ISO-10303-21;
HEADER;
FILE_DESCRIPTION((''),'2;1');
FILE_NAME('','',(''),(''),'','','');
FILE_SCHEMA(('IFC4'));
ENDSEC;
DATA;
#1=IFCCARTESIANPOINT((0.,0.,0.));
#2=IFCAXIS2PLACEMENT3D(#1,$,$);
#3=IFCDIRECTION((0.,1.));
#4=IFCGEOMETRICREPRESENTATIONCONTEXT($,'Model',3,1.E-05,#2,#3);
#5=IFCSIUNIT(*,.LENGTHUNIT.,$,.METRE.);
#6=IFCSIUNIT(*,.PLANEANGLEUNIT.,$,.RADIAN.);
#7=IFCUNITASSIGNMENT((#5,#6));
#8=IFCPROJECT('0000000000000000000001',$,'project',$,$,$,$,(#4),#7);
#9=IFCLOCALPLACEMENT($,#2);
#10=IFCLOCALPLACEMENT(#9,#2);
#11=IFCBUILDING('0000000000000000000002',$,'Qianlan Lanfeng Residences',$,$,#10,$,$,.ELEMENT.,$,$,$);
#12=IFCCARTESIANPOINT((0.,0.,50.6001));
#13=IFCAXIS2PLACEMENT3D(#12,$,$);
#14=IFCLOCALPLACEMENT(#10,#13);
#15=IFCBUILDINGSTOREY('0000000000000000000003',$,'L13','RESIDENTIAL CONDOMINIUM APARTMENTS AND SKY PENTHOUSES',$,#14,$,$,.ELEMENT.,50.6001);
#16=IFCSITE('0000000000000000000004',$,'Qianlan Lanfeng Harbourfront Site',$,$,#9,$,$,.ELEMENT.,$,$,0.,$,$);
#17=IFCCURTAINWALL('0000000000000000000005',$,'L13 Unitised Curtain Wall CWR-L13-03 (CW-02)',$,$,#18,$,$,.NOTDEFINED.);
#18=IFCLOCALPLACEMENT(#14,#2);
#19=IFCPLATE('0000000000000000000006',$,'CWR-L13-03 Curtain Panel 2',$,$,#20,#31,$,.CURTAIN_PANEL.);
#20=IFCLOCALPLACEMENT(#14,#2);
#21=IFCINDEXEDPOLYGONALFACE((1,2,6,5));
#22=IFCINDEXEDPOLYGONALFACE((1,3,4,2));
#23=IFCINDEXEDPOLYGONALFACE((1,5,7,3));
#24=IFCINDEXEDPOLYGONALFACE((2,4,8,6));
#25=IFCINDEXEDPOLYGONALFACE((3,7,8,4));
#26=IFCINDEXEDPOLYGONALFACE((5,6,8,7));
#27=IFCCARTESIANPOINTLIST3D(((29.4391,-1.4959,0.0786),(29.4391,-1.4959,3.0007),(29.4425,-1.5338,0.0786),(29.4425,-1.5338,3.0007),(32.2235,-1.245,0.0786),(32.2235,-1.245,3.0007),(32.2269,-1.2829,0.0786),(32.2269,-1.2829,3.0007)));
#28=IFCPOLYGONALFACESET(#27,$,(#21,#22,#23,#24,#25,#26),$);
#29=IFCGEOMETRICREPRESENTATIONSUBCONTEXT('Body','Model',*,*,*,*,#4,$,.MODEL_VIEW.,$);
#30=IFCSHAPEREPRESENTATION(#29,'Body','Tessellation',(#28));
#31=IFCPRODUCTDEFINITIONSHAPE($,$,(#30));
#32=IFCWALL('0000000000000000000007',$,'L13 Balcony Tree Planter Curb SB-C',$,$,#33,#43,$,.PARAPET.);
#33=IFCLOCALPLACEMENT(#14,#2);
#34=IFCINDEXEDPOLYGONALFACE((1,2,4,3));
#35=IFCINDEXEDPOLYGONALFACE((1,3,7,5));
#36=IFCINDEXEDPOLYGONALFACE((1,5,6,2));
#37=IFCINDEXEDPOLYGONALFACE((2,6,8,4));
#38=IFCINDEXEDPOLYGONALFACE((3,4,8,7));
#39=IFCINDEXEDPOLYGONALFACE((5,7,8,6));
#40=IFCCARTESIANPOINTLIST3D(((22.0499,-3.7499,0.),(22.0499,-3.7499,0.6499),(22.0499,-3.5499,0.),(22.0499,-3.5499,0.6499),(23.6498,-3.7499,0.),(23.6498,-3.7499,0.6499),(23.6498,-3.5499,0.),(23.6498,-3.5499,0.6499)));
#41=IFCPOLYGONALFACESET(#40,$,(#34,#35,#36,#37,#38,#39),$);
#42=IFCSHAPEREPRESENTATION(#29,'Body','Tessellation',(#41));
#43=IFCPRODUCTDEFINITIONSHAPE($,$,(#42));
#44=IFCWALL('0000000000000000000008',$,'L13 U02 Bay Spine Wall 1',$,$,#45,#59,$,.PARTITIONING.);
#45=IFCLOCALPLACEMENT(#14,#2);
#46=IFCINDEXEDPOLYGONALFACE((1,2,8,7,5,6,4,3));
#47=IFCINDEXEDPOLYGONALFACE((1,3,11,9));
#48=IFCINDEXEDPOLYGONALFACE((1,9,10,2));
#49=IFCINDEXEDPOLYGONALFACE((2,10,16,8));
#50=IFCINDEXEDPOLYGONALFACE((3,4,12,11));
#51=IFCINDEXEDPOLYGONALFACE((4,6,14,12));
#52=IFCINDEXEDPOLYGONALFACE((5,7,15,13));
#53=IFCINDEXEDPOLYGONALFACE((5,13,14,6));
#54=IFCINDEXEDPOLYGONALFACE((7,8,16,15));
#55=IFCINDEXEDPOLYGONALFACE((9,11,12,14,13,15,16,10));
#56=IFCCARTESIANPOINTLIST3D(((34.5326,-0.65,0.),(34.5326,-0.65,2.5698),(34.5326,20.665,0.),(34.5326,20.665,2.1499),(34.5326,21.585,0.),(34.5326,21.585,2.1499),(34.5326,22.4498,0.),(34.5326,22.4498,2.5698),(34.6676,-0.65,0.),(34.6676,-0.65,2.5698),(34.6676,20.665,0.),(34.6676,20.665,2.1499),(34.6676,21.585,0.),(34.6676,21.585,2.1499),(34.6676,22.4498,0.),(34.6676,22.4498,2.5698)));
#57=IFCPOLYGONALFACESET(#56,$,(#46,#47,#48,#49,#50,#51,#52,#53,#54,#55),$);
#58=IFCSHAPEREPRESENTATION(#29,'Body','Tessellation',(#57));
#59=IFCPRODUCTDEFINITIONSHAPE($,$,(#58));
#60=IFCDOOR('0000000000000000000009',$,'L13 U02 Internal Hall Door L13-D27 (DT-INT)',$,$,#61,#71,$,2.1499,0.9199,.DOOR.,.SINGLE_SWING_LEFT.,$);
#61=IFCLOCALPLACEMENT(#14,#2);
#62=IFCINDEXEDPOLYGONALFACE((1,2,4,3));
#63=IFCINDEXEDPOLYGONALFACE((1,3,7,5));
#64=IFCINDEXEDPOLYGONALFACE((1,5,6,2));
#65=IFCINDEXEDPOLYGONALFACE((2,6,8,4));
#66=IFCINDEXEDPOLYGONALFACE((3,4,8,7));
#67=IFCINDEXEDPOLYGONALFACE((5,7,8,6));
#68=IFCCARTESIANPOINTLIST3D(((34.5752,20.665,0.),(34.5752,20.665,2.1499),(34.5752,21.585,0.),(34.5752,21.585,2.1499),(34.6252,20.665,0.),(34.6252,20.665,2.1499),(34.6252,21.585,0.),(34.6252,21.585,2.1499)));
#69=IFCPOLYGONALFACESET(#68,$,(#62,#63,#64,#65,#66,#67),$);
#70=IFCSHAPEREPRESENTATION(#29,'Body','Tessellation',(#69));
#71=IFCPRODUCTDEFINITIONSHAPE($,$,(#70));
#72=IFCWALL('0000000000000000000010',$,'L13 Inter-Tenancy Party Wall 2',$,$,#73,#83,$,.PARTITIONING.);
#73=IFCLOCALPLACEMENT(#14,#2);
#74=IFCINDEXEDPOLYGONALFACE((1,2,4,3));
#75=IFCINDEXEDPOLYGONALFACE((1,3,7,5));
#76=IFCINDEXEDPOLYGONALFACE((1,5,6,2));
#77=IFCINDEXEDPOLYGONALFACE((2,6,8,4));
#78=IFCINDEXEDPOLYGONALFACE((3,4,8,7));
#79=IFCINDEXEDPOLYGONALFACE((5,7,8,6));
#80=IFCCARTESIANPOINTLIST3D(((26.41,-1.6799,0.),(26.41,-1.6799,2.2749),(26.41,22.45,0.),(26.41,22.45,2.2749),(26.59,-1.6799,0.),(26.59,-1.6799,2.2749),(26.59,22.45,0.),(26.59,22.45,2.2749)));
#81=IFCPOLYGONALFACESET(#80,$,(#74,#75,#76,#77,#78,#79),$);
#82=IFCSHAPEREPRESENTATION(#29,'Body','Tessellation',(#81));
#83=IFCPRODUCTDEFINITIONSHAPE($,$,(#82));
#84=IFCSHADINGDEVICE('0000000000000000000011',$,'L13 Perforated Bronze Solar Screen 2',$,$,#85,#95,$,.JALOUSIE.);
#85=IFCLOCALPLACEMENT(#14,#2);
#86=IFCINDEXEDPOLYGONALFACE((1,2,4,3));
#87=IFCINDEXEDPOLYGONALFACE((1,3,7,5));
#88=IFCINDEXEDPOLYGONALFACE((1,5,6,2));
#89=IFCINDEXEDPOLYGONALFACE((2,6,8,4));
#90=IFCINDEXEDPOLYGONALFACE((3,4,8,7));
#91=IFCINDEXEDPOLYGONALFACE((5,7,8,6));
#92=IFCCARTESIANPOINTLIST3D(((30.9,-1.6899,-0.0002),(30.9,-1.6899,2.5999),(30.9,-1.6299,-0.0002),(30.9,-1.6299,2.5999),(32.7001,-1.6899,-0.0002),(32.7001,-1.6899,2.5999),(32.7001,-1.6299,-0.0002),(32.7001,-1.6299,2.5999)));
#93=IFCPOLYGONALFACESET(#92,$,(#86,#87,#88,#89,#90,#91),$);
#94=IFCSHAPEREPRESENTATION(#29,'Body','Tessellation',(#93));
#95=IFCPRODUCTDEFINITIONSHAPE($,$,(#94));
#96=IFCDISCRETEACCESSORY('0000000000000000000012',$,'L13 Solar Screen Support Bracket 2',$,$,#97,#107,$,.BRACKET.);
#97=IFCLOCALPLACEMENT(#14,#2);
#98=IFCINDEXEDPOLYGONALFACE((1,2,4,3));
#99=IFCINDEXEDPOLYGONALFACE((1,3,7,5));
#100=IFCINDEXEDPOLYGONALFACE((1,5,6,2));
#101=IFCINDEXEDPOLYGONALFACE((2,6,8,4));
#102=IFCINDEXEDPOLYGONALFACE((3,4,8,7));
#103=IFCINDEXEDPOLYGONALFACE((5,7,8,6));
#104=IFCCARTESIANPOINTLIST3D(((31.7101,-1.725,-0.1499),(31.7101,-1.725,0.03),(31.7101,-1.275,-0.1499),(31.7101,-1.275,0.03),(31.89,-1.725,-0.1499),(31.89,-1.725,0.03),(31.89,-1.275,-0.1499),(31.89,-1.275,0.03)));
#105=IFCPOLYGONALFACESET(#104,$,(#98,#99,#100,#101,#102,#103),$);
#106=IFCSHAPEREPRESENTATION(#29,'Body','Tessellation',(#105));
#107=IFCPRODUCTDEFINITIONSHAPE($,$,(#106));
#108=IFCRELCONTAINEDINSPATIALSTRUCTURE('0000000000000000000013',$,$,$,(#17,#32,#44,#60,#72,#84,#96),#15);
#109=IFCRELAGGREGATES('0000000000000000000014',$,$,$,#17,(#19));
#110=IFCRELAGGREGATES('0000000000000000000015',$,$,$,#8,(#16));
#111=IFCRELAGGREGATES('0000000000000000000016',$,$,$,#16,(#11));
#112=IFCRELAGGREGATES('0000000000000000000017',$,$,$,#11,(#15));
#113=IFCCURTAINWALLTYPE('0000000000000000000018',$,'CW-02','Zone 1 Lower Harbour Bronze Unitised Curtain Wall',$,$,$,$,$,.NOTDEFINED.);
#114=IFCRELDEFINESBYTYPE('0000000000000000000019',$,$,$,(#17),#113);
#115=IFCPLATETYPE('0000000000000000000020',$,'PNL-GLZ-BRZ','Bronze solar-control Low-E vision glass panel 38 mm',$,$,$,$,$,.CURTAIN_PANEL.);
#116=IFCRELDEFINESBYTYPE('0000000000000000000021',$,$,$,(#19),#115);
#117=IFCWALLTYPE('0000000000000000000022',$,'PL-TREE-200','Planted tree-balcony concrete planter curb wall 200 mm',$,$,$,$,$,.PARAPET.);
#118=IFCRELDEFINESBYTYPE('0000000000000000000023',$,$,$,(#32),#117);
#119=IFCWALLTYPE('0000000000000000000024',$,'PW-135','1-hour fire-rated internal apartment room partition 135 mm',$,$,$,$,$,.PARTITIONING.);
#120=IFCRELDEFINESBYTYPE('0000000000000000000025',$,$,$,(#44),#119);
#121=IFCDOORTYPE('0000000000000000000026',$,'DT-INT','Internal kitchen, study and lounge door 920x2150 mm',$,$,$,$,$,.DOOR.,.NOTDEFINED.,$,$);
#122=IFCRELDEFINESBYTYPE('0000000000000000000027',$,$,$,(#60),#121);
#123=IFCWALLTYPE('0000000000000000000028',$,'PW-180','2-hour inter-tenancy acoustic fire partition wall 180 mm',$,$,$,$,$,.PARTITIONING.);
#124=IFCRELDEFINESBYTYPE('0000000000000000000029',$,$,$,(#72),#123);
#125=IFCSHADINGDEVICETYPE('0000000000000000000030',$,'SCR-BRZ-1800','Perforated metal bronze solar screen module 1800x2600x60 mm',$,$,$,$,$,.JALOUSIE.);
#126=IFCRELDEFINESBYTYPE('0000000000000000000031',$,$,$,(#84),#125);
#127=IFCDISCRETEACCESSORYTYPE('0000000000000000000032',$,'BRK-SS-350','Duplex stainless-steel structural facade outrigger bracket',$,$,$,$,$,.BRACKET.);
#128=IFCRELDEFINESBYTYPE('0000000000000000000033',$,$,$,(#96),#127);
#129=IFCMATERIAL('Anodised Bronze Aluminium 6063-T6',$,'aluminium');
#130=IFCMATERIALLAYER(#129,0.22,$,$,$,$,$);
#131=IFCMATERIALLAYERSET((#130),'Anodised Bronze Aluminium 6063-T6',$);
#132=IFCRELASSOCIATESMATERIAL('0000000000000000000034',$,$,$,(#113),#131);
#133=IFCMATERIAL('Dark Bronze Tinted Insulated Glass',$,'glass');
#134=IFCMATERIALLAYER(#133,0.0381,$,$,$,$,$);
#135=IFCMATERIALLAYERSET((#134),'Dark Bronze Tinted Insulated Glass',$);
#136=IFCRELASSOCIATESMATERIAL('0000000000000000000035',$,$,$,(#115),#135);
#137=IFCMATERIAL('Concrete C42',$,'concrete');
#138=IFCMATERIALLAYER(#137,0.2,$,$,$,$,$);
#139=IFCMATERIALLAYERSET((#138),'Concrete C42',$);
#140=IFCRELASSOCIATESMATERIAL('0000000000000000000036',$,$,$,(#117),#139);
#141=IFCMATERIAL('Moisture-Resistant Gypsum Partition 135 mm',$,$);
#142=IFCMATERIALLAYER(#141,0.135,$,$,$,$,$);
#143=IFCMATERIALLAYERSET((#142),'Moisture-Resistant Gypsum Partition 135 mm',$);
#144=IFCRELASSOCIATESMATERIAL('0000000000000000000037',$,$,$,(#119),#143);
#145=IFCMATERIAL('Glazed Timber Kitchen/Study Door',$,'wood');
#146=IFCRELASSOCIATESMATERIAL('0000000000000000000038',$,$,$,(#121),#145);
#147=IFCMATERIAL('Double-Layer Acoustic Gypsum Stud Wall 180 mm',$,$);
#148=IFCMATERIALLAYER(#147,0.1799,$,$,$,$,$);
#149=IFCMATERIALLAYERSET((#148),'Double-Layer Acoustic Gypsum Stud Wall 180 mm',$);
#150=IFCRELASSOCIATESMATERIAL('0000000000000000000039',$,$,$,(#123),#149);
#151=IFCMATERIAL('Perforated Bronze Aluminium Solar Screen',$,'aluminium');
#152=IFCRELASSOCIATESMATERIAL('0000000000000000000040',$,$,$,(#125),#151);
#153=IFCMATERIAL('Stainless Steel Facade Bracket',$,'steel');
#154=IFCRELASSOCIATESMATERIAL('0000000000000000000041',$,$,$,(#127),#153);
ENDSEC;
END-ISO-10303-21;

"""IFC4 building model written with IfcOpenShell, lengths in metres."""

from ifc_helpers import new_model, si_unit, direction, frame, frame_2d, origin, origin_2d, place, context, subcontext, project, spatial, rectangle, extrude, source, transform, mapped, material, layer, layer_set, type_object, element, fill, aggregate, save


model = new_model("IFC4")

# Units and contexts
model_context = context("Model", 3, precision=1e-05, world=origin(), true_north=direction((0.0, 1.0)))
body_context = subcontext(model_context, "Body", "Model", "MODEL_VIEW")
ifc_project = project(units=[si_unit("LENGTHUNIT", "METRE"), si_unit("PLANEANGLEUNIT", "RADIAN")], contexts=[model_context])

# Site, building, storey
site_placement = place(None, origin())
site = spatial("IfcSite", under=ifc_project, at=site_placement, Name="Qianlan Lanfeng Harbourfront Site", CompositionType="ELEMENT", RefElevation=0.0)
building_placement = place(site_placement, origin())
building = spatial("IfcBuilding", under=site, at=building_placement, Name="Qianlan Lanfeng Residences", CompositionType="ELEMENT")
storey_placement = place(building_placement, frame((0.0, 0.0, 50.6001)))
storey = spatial("IfcBuildingStorey", under=building, at=storey_placement, Name="L13", Description="RESIDENTIAL CONDOMINIUM APARTMENTS AND SKY PENTHOUSES", CompositionType="ELEMENT", Elevation=50.6001)

# Curtain wall
ifc_material_1 = material(Name="Anodised Bronze Aluminium 6063-T6", Category="aluminium")
ifc_layer_1 = layer(ifc_material_1, 0.22)
ifc_layer_set_1 = layer_set([ifc_layer_1], Name="Anodised Bronze Aluminium 6063-T6")
curtain_wall_type = type_object("IfcCurtainWallType", Name="CW-02", Description="Zone 1 Lower Harbour Bronze Unitised Curtain Wall", PredefinedType="NOTDEFINED", material=ifc_layer_set_1)
curtain_wall_1_placement = place(storey_placement, origin())
curtain_wall_1 = element("IfcCurtainWall", 1, at=curtain_wall_1_placement, inside=storey, type_object=curtain_wall_type, Name="L13 Unitised Curtain Wall CWR-L13-03 (CW-02)", PredefinedType="NOTDEFINED")

# Plate
ifc_material_2 = material(Name="Dark Bronze Tinted Insulated Glass", Category="glass")
ifc_layer_2 = layer(ifc_material_2, 0.0381)
ifc_layer_set_2 = layer_set([ifc_layer_2], Name="Dark Bronze Tinted Insulated Glass")
plate_type = type_object("IfcPlateType", Name="PNL-GLZ-BRZ", Description="Bronze solar-control Low-E vision glass panel 38 mm", PredefinedType="CURTAIN_PANEL", material=ifc_layer_set_2)
shared_shape_1 = source(origin(), body_context, "Body", "SweptSolid", [
    extrude(rectangle(XDim=2.7957, YDim=0.0381, at=origin_2d()), origin(), (0.0, 0.0, 1.0), 2.9221),
])
plate_1_placement = place(storey_placement, frame((30.833, -1.3894, 0.0786), z_axis=(0.0, 0.0, 1.0), x_axis=(0.995965, 0.089746, 0.0)))
plate_1 = element("IfcPlate", 2, at=plate_1_placement, type_object=plate_type, Name="CWR-L13-03 Curtain Panel 2", PredefinedType="CURTAIN_PANEL", context=body_context, shape_type="MappedRepresentation", body=[
    mapped(shared_shape_1, transform((0.0, 0.0, 0.0), scale=1.0)),
])
aggregate(curtain_wall_1, [plate_1])

# Wall
ifc_material_3 = material(Name="Concrete C42", Category="concrete")
ifc_layer_3 = layer(ifc_material_3, 0.2)
ifc_layer_set_3 = layer_set([ifc_layer_3], Name="Concrete C42")
wall_type_1 = type_object("IfcWallType", Name="PL-TREE-200", Description="Planted tree-balcony concrete planter curb wall 200 mm", PredefinedType="PARAPET", material=ifc_layer_set_3)
wall_1_placement = place(storey_placement, frame((22.05, -3.6499, 0.0), z_axis=(0.0, 0.0, 1.0), x_axis=(1.0, 0.0, 0.0)))
element("IfcWall", 3, at=wall_1_placement, inside=storey, type_object=wall_type_1, Name="L13 Balcony Tree Planter Curb SB-C", PredefinedType="PARAPET", context=body_context, shape_type="SweptSolid", body=[
    extrude(rectangle(XDim=1.5999, YDim=0.2, at=frame_2d((0.7998, 0.0))), origin(), (0.0, 0.0, 1.0), 0.6499),
])

# Wall, opening, door
ifc_material_4 = material(Name="Moisture-Resistant Gypsum Partition 135 mm")
ifc_layer_4 = layer(ifc_material_4, 0.135)
ifc_layer_set_4 = layer_set([ifc_layer_4], Name="Moisture-Resistant Gypsum Partition 135 mm")
wall_type_2 = type_object("IfcWallType", Name="PW-135", Description="1-hour fire-rated internal apartment room partition 135 mm", PredefinedType="PARTITIONING", material=ifc_layer_set_4)
wall_2_placement = place(storey_placement, frame((34.6001, -0.6499, 0.0), z_axis=(0.0, 0.0, 1.0), x_axis=(0.0, 1.0, 0.0)))
wall_2 = element("IfcWall", 4, at=wall_2_placement, inside=storey, type_object=wall_type_2, Name="L13 U02 Bay Spine Wall 1", PredefinedType="PARTITIONING", context=body_context, shape_type="SweptSolid", body=[
    extrude(rectangle(XDim=23.0999, YDim=0.135, at=frame_2d((11.5498, 0.0))), origin(), (0.0, 0.0, 1.0), 2.5698),
])
opening_placement = place(wall_2_placement, frame((21.3149, 0.0, 0.0)))
opening = element("IfcOpeningElement", 5, at=opening_placement, cuts=wall_2, PredefinedType="OPENING", context=body_context, shape_type="SweptSolid", body=[
    extrude(rectangle(XDim=0.9199, YDim=2.1499, at=frame_2d((0.46, 1.075))), frame((0.0, 0.0776, 0.0), z_axis=(0.0, -1.0, 0.0), x_axis=(1.0, 0.0, 0.0)), (0.0, 0.0, 1.0), 0.155),
])
ifc_material_5 = material(Name="Glazed Timber Kitchen/Study Door", Category="wood")
door_type = type_object("IfcDoorType", Name="DT-INT", Description="Internal kitchen, study and lounge door 920x2150 mm", OperationType="NOTDEFINED", PredefinedType="DOOR", material=ifc_material_5)
door_placement = place(opening_placement, origin())
door = element("IfcDoor", 6, at=door_placement, inside=storey, type_object=door_type, Name="L13 U02 Internal Hall Door L13-D27 (DT-INT)", OperationType="SINGLE_SWING_LEFT", OverallHeight=2.1499, OverallWidth=0.9199, PredefinedType="DOOR", context=body_context, shape_type="SweptSolid", body=[
    extrude(rectangle(XDim=0.9199, YDim=2.1499, at=frame_2d((0.46, 1.075))), frame((0.0, 0.0249, 0.0), z_axis=(0.0, -1.0, 0.0), x_axis=(1.0, 0.0, 0.0)), (0.0, 0.0, 1.0), 0.05),
])
fill(opening, door)

# Wall
ifc_material_6 = material(Name="Double-Layer Acoustic Gypsum Stud Wall 180 mm")
ifc_layer_5 = layer(ifc_material_6, 0.1799)
ifc_layer_set_5 = layer_set([ifc_layer_5], Name="Double-Layer Acoustic Gypsum Stud Wall 180 mm")
wall_type_3 = type_object("IfcWallType", Name="PW-180", Description="2-hour inter-tenancy acoustic fire partition wall 180 mm", PredefinedType="PARTITIONING", material=ifc_layer_set_5)
wall_3_placement = place(storey_placement, frame((26.5, -1.6799, 0.0), z_axis=(0.0, 0.0, 1.0), x_axis=(0.0, 1.0, 0.0)))
element("IfcWall", 7, at=wall_3_placement, inside=storey, type_object=wall_type_3, Name="L13 Inter-Tenancy Party Wall 2", PredefinedType="PARTITIONING", context=body_context, shape_type="SweptSolid", body=[
    extrude(rectangle(XDim=24.1299, YDim=0.1799, at=frame_2d((12.0649, 0.0))), origin(), (0.0, 0.0, 1.0), 2.2749),
])

# Shading device
ifc_material_7 = material(Name="Perforated Bronze Aluminium Solar Screen", Category="aluminium")
shading_device_type = type_object("IfcShadingDeviceType", Name="SCR-BRZ-1800", Description="Perforated metal bronze solar screen module 1800x2600x60 mm", PredefinedType="JALOUSIE", material=ifc_material_7)
shared_shape_2 = source(origin(), body_context, "Body", "SweptSolid", [
    extrude(rectangle(XDim=1.8, YDim=0.0601, at=origin_2d()), origin(), (0.0, 0.0, 1.0), 2.6001),
])
shading_device_placement = place(storey_placement, frame((31.8, -1.6599, -0.0002), z_axis=(0.0, 0.0, 1.0), x_axis=(1.0, 0.0, 0.0)))
element("IfcShadingDevice", 8, at=shading_device_placement, inside=storey, type_object=shading_device_type, Name="L13 Perforated Bronze Solar Screen 2", PredefinedType="JALOUSIE", context=body_context, shape_type="MappedRepresentation", body=[
    mapped(shared_shape_2, transform((0.0, 0.0, 0.0), scale=1.0)),
])

# Discrete accessory
ifc_material_8 = material(Name="Stainless Steel Facade Bracket", Category="steel")
discrete_accessory_type = type_object("IfcDiscreteAccessoryType", Name="BRK-SS-350", Description="Duplex stainless-steel structural facade outrigger bracket", PredefinedType="BRACKET", material=ifc_material_8)
shared_shape_3 = source(origin(), body_context, "Body", "SweptSolid", [
    extrude(rectangle(XDim=0.1799, YDim=0.45, at=origin_2d()), origin(), (0.0, 0.0, 1.0), 0.1799),
])
discrete_accessory_placement = place(storey_placement, frame((31.8, -1.5, -0.1499), z_axis=(0.0, 0.0, 1.0), x_axis=(1.0, 0.0, 0.0)))
element("IfcDiscreteAccessory", 9, at=discrete_accessory_placement, inside=storey, type_object=discrete_accessory_type, Name="L13 Solar Screen Support Bracket 2", PredefinedType="BRACKET", context=body_context, shape_type="MappedRepresentation", body=[
    mapped(shared_shape_3, transform((0.0, 0.0, 0.0), scale=1.0)),
])

save(model, "model.ifc")
